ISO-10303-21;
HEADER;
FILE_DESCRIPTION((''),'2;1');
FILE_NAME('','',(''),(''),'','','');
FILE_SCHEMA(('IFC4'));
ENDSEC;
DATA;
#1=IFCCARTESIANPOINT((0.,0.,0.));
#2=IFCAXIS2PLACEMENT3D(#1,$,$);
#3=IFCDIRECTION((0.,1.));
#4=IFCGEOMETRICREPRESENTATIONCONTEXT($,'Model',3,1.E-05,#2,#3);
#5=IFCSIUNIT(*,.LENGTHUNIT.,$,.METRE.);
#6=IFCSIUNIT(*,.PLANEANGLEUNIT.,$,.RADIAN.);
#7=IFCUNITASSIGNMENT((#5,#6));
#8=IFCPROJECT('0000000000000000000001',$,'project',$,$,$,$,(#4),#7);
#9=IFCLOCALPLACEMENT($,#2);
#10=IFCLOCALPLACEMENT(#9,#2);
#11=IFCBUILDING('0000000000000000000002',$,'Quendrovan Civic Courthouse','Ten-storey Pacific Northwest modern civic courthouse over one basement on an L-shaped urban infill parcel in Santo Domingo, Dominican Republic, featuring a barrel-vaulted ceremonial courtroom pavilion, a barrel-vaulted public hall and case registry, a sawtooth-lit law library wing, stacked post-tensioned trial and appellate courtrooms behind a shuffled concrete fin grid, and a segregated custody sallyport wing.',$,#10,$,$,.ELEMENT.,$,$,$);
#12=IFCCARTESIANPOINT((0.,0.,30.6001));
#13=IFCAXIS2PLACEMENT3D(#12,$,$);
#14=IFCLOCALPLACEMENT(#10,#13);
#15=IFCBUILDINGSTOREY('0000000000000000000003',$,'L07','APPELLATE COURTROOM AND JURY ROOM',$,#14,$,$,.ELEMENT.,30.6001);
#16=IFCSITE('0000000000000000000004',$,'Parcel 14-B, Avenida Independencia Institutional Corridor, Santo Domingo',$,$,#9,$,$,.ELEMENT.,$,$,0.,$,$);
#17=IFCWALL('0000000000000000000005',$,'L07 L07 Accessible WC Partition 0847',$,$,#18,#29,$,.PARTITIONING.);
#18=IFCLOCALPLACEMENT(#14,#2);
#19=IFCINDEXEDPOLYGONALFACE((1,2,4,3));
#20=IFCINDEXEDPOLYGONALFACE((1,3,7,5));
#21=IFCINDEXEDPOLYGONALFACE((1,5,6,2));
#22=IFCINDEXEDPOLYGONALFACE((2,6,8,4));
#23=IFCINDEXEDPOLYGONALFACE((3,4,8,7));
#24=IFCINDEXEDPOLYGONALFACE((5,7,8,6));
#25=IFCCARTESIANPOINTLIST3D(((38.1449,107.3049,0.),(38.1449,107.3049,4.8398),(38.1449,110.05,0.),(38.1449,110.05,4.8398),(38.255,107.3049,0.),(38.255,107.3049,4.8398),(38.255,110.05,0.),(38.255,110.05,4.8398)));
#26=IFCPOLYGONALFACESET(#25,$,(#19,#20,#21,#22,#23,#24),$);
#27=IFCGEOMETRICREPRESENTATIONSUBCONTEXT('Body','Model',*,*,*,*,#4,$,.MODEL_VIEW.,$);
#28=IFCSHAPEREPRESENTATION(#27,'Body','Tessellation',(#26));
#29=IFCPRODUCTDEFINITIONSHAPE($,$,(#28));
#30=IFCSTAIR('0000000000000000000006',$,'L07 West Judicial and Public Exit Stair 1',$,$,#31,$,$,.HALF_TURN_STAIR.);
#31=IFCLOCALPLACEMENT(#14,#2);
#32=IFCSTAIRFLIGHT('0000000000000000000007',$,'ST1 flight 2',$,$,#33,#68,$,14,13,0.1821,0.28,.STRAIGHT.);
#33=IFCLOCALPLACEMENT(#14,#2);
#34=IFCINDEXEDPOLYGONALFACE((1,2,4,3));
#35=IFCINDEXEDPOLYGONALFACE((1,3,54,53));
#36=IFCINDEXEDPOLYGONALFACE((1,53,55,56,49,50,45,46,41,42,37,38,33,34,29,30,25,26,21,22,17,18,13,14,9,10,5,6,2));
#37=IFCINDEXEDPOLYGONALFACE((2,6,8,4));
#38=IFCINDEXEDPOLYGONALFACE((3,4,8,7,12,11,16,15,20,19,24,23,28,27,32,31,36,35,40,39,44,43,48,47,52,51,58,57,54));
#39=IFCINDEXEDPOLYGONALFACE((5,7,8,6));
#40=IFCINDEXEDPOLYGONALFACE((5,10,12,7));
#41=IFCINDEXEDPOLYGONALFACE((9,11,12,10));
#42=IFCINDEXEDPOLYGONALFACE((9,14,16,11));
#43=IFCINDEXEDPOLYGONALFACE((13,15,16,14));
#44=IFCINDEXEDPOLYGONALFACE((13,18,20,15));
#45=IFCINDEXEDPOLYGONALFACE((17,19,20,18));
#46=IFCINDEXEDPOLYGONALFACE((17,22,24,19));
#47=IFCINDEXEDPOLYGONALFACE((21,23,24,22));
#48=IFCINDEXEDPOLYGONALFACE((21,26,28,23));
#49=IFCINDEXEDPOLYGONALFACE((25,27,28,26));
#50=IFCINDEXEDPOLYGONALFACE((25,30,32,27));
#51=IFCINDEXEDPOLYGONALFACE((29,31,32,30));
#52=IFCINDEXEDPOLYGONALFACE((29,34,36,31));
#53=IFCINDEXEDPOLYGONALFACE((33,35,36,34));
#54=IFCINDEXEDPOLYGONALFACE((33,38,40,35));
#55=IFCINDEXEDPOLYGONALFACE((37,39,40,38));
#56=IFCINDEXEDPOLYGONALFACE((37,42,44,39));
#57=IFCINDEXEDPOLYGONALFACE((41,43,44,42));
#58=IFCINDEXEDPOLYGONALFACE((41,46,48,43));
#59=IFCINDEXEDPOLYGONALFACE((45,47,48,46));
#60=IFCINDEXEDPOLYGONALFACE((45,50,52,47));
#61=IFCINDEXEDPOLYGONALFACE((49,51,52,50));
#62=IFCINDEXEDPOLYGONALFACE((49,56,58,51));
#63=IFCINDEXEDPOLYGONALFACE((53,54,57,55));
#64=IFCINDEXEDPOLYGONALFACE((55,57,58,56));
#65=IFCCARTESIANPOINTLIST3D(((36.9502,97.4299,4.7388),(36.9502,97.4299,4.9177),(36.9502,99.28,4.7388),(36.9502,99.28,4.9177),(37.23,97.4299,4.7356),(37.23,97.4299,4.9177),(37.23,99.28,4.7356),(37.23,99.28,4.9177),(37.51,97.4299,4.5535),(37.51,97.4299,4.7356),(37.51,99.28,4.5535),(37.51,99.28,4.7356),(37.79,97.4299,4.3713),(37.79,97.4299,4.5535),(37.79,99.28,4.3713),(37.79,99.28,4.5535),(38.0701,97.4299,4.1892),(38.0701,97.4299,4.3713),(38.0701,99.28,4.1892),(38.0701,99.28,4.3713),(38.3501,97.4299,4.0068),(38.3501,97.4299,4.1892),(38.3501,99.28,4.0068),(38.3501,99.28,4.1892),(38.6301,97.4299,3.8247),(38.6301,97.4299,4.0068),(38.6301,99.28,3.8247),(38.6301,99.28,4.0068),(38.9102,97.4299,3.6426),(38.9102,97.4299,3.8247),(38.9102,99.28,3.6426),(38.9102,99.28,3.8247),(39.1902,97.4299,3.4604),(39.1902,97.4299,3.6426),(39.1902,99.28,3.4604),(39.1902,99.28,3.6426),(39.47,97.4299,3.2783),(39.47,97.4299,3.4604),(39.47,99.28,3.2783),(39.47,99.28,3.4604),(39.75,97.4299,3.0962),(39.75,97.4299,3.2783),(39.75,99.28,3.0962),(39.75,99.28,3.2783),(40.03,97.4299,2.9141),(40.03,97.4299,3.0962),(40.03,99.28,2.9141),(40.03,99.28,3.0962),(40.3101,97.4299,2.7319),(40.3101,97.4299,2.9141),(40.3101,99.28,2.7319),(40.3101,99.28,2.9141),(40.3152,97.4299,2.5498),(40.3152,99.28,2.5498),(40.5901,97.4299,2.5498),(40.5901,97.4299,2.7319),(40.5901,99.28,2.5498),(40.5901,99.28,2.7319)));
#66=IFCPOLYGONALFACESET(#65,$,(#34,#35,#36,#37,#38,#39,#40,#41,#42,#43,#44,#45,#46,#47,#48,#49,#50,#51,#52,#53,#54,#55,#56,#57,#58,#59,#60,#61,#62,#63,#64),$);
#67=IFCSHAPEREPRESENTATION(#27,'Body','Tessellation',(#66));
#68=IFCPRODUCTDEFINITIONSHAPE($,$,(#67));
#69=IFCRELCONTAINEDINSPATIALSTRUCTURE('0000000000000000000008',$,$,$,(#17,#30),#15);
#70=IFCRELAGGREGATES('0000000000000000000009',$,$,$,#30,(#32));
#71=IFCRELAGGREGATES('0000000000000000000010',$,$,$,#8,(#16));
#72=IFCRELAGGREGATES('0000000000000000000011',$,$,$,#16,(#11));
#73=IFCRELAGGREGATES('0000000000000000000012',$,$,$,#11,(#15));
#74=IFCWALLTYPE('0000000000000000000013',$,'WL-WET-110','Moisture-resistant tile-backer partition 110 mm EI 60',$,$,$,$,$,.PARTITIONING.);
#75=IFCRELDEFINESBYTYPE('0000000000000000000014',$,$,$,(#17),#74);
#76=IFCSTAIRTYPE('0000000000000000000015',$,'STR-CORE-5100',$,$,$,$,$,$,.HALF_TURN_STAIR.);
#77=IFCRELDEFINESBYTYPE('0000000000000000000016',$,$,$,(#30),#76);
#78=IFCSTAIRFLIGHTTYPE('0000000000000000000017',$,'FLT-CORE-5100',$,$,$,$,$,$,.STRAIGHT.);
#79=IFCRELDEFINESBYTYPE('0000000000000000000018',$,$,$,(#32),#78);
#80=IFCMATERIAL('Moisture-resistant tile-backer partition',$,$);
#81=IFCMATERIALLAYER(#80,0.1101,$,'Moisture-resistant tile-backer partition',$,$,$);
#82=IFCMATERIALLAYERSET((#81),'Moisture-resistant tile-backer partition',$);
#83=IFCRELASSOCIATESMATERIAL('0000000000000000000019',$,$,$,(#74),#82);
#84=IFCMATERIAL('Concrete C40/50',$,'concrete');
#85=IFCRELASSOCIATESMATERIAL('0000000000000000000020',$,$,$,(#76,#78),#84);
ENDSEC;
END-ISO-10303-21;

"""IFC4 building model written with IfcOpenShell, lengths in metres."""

from ifc_helpers import new_model, si_unit, direction, frame, frame_2d, origin, place, context, subcontext, project, spatial, polyline, rectangle, outline, extrude, material, layer, layer_set, type_object, element, aggregate, save


model = new_model("IFC4")

# Units and contexts
model_context = context("Model", 3, precision=1e-05, world=origin(), true_north=direction((0.0, 1.0)))
body_context = subcontext(model_context, "Body", "Model", "MODEL_VIEW")
ifc_project = project(units=[si_unit("LENGTHUNIT", "METRE"), si_unit("PLANEANGLEUNIT", "RADIAN")], contexts=[model_context])

# Site, building, storey
site_placement = place(None, origin())
site = spatial("IfcSite", under=ifc_project, at=site_placement, Name="Parcel 14-B, Avenida Independencia Institutional Corridor, Santo Domingo", CompositionType="ELEMENT", RefElevation=0.0)
building_placement = place(site_placement, origin())
building = spatial("IfcBuilding", under=site, at=building_placement, Name="Quendrovan Civic Courthouse", Description="Ten-storey Pacific Northwest modern civic courthouse over one basement on an L-shaped urban infill parcel in Santo Domingo, Dominican Republic, featuring a barrel-vaulted ceremonial courtroom pavilion, a barrel-vaulted public hall and case registry, a sawtooth-lit law library wing, stacked post-tensioned trial and appellate courtrooms behind a shuffled concrete fin grid, and a segregated custody sallyport wing.", CompositionType="ELEMENT")
storey_placement = place(building_placement, frame((0.0, 0.0, 30.6001)))
storey = spatial("IfcBuildingStorey", under=building, at=storey_placement, Name="L07", Description="APPELLATE COURTROOM AND JURY ROOM", CompositionType="ELEMENT", Elevation=30.6001)

# Shared definitions
ifc_material_1 = material(Name="Concrete C40/50", Category="concrete")

# Wall
ifc_material_2 = material(Name="Moisture-resistant tile-backer partition")
ifc_layer_1 = layer(ifc_material_2, 0.1101, Name="Moisture-resistant tile-backer partition")
ifc_layer_set_1 = layer_set([ifc_layer_1], Name="Moisture-resistant tile-backer partition")
wall_type_1 = type_object("IfcWallType", Name="WL-WET-110", Description="Moisture-resistant tile-backer partition 110 mm EI 60", PredefinedType="PARTITIONING", material=ifc_layer_set_1)
wall_1_placement = place(storey_placement, frame((38.2, 107.3049, 0.0), z_axis=(0.0, 0.0, 1.0), x_axis=(0.0, 1.0, 0.0)))
element("IfcWall", 1, at=wall_1_placement, inside=storey, type_object=wall_type_1, Name="L07 L07 Accessible WC Partition 0847", PredefinedType="PARTITIONING", context=body_context, shape_type="SweptSolid", body=[
    extrude(rectangle(XDim=2.7451, YDim=0.1101, at=frame_2d((1.3726, 0.0))), origin(), (0.0, 0.0, 1.0), 4.8398),
])

# Stair, stair flight
stair_type = type_object("IfcStairType", Name="STR-CORE-5100", PredefinedType="HALF_TURN_STAIR", material=ifc_material_1)
stair_placement = place(storey_placement, origin())
stair = element("IfcStair", 2, at=stair_placement, inside=storey, type_object=stair_type, Name="L07 West Judicial and Public Exit Stair 1", PredefinedType="HALF_TURN_STAIR")
stair_flight_type = type_object("IfcStairFlightType", Name="FLT-CORE-5100", PredefinedType="STRAIGHT", material=ifc_material_1)
stair_flight_placement = place(storey_placement, frame((40.5901, 98.355, 2.5498), z_axis=(0.0, 0.0, 1.0), x_axis=(-1.0, 0.0, 0.0)))
stair_flight = element("IfcStairFlight", 3, at=stair_flight_placement, type_object=stair_flight_type, Name="ST1 flight 2", NumberOfRisers=14, NumberOfTreads=13, PredefinedType="STRAIGHT", RiserHeight=0.1821, TreadLength=0.28, context=body_context, shape_type="SweptSolid", body=[
    extrude(outline(polyline([(0.0, 0.0), (0.0, 0.1821), (0.28, 0.1821), (0.28, 0.3643), (0.5601, 0.3643), (0.5601, 0.5464), (0.8401, 0.5464), (0.8401, 0.7285), (1.1201, 0.7285), (1.1201, 0.9106), (1.3999, 0.9106), (1.3999, 1.0928), (1.6799, 1.0928), (1.6799, 1.2749), (1.96, 1.2749), (1.96, 1.457), (2.24, 1.457), (2.24, 1.6394), (2.52, 1.6394), (2.52, 1.8215), (2.8, 1.8215), (2.8, 2.0037), (3.0801, 2.0037), (3.0801, 2.1858), (3.3601, 2.1858), (3.3601, 2.3679), (3.6399, 2.3679), (3.6399, 2.55), (3.6399, 2.189), (0.2749, 0.0), (0.0, 0.0)])), frame((0.0, 0.925, 0.0), z_axis=(0.0, -1.0, 0.0), x_axis=(1.0, 0.0, 0.0)), (0.0, 0.0, 1.0), 1.8501),
])
aggregate(stair, [stair_flight])

save(model, "model.ifc")
